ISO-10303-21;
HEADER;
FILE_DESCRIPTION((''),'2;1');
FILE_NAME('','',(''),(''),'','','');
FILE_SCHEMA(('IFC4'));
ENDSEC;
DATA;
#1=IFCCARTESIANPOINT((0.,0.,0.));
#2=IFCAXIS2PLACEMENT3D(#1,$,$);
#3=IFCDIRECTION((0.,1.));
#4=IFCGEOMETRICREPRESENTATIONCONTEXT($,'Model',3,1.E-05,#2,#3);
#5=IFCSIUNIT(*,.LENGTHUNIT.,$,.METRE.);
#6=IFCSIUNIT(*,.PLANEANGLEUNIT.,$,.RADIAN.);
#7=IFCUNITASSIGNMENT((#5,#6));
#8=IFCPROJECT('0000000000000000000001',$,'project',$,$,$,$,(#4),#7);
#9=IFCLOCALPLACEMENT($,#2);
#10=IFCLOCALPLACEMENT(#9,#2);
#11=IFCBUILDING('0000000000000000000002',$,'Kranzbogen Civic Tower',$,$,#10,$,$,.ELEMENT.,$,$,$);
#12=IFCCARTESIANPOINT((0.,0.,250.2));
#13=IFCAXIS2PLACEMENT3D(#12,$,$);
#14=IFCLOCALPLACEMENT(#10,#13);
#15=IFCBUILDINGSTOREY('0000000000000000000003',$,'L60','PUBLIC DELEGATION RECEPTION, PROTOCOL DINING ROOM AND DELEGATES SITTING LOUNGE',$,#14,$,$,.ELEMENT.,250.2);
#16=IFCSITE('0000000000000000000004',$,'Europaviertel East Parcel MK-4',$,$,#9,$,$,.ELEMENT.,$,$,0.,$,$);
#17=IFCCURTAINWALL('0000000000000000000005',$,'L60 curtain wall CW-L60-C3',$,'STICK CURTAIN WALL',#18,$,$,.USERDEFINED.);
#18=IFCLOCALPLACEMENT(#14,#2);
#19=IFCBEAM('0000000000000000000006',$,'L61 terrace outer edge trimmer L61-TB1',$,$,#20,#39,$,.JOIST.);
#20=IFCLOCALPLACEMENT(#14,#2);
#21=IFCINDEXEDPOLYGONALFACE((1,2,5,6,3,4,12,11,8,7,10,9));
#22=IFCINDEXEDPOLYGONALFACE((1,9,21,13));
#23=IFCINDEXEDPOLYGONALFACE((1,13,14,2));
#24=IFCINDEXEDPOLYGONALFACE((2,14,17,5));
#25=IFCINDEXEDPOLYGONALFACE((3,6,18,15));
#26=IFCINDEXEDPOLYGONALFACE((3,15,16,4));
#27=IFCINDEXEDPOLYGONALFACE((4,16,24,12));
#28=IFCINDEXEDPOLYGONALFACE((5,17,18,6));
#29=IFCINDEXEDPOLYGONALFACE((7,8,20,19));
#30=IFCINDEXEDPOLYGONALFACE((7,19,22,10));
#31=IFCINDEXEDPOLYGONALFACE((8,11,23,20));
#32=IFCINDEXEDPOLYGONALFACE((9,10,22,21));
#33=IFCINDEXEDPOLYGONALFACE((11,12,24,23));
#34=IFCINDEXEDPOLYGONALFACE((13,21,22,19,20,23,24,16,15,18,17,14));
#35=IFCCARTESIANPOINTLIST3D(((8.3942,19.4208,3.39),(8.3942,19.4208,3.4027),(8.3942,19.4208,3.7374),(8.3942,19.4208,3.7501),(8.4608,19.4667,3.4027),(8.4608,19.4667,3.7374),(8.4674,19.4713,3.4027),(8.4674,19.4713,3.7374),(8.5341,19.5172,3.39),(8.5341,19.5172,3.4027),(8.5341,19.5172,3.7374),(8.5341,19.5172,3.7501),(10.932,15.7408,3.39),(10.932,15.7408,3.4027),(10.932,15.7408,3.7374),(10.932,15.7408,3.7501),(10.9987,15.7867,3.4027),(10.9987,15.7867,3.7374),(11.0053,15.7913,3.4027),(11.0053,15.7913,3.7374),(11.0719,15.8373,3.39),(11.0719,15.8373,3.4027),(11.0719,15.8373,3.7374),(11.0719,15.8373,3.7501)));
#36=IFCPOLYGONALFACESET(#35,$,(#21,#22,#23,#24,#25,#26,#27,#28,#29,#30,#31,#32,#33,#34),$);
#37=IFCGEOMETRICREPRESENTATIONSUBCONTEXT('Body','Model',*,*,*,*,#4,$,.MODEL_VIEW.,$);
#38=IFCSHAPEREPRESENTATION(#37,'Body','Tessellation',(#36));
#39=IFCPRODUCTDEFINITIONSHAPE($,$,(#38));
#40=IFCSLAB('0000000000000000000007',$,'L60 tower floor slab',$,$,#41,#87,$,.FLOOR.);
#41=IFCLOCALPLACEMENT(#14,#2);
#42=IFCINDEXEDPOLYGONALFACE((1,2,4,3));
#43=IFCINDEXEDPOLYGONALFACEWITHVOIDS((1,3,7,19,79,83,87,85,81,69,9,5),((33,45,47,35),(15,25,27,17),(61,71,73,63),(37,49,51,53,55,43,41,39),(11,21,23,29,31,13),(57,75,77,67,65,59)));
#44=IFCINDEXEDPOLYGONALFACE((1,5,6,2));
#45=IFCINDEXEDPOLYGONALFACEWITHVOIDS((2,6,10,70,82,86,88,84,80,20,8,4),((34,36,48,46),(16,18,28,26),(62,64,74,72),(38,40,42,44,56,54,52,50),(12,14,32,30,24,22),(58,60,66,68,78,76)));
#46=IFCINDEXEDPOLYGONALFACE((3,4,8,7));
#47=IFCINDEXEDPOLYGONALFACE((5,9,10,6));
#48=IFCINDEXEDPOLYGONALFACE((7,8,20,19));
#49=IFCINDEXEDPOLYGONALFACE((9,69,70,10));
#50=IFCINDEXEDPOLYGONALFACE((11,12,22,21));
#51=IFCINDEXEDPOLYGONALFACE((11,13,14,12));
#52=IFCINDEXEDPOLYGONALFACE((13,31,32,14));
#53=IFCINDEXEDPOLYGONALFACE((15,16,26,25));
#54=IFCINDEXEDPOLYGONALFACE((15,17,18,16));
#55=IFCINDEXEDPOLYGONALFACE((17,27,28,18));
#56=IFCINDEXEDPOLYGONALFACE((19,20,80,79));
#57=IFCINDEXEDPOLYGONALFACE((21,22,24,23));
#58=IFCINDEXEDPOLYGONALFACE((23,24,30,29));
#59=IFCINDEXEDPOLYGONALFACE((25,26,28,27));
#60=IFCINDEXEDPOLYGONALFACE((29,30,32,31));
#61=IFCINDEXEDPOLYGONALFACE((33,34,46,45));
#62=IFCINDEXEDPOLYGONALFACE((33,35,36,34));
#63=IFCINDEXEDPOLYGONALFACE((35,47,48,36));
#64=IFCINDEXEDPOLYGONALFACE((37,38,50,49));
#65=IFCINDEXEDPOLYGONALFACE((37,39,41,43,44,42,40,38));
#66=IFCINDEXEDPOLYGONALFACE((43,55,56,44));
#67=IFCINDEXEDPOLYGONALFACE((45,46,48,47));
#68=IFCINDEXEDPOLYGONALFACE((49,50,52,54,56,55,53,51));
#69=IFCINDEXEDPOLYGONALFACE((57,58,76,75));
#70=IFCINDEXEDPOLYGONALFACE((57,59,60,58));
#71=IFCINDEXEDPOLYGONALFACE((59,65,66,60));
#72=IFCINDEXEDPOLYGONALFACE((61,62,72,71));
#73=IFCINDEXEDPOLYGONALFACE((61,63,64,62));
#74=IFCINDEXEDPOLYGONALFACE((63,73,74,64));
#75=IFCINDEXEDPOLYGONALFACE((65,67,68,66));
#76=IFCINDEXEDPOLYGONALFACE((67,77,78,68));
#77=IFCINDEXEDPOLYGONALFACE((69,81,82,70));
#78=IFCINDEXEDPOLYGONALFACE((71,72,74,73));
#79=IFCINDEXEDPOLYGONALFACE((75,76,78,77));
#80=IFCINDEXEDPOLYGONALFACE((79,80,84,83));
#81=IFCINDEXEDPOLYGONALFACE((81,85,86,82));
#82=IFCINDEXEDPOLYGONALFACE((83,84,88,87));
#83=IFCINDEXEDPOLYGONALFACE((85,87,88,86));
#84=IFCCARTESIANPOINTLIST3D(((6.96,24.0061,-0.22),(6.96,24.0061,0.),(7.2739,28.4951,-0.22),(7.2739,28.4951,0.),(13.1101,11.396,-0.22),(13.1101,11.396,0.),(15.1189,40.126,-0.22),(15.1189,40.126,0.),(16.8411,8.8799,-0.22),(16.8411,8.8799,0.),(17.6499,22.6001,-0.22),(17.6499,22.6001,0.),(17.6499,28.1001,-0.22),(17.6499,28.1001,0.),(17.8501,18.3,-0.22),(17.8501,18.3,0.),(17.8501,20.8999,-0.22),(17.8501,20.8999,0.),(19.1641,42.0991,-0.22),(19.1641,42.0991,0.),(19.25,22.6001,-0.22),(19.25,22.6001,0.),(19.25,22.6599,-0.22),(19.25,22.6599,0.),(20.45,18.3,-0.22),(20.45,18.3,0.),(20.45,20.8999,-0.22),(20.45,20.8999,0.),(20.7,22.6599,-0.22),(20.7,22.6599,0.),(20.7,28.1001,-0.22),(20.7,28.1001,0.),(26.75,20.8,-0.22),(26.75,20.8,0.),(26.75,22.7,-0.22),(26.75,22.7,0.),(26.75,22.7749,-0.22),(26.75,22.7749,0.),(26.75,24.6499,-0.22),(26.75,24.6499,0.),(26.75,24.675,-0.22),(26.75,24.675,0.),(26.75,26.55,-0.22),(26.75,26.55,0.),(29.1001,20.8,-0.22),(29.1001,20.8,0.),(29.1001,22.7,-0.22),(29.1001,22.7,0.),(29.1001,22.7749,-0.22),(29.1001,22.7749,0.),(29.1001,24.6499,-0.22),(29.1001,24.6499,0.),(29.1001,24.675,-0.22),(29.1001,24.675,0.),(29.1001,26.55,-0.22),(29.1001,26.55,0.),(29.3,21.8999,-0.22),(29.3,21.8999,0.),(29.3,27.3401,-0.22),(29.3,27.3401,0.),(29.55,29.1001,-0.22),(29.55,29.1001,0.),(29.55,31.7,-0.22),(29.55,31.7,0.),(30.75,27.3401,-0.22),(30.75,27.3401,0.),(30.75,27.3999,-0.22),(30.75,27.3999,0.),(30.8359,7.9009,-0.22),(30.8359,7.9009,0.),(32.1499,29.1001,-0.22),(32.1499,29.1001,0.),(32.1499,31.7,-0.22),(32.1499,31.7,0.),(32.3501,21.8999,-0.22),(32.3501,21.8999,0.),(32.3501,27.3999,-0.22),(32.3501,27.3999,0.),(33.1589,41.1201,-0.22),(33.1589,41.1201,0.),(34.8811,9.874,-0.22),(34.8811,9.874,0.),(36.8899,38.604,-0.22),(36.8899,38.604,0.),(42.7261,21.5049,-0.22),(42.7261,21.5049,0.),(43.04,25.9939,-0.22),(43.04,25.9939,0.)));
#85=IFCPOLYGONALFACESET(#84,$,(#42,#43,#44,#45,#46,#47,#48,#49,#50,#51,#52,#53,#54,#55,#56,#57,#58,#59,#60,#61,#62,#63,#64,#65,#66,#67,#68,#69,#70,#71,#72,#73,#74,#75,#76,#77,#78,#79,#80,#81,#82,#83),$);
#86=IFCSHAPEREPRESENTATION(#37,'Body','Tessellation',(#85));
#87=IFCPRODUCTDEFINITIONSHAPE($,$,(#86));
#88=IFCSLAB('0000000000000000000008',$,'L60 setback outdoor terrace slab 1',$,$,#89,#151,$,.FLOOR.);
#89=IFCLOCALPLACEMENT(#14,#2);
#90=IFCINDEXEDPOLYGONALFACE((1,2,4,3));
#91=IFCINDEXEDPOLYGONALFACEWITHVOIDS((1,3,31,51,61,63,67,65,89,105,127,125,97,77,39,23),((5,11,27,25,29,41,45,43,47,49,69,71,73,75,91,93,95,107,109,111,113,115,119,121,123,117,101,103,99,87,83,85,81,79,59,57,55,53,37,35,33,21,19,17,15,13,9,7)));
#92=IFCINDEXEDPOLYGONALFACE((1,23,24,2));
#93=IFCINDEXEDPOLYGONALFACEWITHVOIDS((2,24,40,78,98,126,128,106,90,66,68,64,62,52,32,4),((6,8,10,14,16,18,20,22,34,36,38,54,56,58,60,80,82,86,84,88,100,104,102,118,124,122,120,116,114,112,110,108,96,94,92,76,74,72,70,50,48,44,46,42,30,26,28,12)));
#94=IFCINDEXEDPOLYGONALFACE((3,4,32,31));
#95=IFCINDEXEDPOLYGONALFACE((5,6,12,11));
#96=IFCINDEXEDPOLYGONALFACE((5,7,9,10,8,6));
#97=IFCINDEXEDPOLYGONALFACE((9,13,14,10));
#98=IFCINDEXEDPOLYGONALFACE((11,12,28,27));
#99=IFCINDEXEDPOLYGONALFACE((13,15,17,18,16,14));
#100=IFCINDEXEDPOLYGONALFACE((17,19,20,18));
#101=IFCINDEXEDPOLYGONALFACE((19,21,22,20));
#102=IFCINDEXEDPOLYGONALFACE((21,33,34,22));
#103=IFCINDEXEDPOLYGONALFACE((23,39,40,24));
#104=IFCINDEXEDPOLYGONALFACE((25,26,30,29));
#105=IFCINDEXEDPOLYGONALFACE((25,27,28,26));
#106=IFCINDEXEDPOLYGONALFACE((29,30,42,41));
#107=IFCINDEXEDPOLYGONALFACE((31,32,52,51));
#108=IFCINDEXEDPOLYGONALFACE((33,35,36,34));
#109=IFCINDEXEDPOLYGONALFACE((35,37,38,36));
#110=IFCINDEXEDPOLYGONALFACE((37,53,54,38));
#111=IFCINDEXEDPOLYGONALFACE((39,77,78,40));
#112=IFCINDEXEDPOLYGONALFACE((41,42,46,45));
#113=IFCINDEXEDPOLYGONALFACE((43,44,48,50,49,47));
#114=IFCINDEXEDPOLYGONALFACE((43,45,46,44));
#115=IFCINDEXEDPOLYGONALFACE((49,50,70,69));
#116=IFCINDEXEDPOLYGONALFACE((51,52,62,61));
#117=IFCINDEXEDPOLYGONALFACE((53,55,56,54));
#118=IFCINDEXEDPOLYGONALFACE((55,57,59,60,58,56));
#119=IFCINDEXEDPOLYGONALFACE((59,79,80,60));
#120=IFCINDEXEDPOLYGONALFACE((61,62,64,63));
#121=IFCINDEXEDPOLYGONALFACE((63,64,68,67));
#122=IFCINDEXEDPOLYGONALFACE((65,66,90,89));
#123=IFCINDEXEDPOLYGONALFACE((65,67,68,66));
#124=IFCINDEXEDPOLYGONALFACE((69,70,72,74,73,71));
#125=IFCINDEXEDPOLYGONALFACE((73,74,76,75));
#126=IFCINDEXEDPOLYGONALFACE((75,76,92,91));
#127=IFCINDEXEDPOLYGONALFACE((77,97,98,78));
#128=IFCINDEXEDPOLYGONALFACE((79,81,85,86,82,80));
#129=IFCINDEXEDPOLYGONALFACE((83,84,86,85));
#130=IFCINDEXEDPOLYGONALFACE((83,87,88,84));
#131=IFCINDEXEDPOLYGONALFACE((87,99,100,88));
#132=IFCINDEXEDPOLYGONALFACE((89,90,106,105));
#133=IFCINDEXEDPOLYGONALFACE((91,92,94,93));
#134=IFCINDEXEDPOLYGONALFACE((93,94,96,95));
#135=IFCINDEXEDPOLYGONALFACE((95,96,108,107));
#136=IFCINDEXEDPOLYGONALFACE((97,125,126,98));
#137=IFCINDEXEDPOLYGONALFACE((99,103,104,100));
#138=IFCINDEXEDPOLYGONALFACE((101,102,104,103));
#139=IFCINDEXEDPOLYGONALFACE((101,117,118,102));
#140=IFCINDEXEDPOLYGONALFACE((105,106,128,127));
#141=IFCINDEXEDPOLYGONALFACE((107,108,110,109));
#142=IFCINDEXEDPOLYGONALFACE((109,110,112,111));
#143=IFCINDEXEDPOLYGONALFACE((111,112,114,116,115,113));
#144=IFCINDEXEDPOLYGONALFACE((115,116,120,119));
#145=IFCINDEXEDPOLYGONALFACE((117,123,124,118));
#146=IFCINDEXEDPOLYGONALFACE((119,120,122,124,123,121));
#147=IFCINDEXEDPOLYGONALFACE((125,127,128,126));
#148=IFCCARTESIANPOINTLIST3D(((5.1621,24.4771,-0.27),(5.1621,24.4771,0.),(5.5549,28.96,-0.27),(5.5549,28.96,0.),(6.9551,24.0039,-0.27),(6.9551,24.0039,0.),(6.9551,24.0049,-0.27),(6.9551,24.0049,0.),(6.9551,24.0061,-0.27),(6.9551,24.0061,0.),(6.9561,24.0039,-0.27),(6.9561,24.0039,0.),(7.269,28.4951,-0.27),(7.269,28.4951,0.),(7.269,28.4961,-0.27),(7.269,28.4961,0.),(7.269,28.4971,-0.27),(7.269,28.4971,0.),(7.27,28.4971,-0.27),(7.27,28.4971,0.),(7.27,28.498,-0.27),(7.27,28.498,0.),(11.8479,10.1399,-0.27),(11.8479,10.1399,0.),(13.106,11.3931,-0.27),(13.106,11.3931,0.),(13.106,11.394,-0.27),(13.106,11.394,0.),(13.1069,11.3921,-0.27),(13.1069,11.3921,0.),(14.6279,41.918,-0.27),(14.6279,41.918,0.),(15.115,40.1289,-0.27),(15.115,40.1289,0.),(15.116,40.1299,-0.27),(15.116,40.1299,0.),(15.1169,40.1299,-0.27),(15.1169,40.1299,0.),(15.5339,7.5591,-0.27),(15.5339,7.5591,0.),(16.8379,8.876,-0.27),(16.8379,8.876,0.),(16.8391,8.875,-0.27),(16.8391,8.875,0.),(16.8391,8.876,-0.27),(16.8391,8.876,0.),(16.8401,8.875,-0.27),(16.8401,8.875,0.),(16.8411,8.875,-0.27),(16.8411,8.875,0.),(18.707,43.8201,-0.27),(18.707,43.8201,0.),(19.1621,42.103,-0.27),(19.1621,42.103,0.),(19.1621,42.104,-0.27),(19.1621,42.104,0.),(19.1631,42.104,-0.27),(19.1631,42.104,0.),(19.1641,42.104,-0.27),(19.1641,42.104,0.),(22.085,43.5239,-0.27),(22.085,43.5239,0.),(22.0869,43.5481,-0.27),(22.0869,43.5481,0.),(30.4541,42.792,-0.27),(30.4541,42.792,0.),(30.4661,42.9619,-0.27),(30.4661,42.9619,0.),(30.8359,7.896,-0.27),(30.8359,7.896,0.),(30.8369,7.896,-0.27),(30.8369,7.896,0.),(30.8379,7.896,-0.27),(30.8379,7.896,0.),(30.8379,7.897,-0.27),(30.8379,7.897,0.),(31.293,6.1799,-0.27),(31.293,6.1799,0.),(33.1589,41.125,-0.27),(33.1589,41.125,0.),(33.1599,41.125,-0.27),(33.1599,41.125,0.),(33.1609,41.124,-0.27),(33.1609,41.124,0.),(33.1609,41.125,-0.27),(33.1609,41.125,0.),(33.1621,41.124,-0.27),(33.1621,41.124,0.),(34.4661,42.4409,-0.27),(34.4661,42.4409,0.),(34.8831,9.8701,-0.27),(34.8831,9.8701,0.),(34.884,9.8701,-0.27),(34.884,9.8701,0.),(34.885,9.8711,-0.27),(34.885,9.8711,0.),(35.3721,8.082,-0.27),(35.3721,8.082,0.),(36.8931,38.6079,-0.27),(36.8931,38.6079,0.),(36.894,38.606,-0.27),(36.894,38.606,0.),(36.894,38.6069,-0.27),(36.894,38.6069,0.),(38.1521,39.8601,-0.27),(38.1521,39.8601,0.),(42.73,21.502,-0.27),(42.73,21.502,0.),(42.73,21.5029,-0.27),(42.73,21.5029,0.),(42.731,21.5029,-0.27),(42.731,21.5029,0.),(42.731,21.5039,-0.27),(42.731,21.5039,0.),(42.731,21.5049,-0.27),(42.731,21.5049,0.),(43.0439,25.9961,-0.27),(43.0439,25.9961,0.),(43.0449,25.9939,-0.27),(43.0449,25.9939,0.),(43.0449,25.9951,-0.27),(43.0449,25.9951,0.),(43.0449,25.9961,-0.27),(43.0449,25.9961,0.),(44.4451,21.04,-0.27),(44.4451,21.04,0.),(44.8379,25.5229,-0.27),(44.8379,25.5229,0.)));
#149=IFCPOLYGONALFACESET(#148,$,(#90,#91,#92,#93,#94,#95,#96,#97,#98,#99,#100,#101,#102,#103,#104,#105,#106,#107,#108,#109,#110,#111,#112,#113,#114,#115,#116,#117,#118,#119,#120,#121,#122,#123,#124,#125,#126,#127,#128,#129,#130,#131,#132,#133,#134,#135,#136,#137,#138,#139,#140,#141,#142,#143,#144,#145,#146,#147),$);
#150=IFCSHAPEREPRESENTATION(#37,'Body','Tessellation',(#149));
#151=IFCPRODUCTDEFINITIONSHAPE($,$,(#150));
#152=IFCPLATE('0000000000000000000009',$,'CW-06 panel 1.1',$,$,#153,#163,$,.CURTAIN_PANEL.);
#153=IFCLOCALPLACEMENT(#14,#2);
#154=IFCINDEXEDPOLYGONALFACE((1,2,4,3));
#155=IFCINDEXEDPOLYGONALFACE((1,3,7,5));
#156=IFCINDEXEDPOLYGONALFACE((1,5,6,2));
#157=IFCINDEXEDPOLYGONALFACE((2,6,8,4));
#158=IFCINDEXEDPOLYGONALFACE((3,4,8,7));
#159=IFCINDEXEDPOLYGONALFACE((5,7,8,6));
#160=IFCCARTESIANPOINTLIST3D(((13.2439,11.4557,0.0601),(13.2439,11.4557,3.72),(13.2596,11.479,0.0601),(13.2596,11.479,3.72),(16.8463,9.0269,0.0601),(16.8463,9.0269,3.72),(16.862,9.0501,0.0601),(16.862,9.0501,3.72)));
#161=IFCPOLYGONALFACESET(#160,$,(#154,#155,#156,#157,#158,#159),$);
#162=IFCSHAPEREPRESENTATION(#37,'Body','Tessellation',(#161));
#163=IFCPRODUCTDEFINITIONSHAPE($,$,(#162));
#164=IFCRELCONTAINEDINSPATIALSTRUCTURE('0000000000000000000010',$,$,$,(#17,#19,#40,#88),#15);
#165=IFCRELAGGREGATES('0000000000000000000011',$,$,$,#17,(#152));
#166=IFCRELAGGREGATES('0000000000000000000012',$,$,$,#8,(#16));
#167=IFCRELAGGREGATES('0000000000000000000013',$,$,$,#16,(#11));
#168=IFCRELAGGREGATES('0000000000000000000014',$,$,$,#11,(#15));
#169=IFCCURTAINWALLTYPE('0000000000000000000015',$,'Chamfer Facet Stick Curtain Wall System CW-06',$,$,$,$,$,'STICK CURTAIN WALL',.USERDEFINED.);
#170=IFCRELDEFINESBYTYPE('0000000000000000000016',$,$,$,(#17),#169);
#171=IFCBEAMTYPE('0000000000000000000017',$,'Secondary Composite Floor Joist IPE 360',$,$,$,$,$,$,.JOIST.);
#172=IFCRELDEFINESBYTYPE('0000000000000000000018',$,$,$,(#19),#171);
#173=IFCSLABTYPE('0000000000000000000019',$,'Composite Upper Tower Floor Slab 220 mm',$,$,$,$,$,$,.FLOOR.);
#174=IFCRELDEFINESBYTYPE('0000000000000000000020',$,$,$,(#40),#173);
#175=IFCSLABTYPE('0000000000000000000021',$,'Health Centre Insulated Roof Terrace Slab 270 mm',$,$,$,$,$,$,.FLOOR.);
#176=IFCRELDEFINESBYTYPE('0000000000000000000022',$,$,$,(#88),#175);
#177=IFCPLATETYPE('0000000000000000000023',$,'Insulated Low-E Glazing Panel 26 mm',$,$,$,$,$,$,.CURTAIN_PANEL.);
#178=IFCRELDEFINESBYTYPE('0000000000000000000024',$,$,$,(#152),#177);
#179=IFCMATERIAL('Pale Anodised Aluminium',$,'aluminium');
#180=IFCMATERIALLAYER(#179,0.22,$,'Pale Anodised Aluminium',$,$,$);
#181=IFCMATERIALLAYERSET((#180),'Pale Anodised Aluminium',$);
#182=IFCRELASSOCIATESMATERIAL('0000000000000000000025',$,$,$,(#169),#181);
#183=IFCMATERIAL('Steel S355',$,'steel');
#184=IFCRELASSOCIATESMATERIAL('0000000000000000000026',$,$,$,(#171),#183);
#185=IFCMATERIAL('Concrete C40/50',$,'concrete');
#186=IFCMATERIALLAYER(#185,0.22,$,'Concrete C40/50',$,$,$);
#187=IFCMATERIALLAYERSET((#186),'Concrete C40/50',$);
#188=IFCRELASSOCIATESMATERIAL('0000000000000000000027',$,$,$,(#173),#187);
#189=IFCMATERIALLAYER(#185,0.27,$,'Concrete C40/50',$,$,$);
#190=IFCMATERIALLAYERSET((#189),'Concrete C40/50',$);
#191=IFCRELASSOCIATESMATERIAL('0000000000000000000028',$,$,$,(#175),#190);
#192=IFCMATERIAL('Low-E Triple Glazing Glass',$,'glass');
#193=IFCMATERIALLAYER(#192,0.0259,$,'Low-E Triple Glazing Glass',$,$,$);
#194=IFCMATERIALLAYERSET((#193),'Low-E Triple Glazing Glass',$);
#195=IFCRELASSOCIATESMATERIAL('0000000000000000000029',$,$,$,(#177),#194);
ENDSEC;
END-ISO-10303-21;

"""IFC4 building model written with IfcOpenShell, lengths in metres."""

from ifc_helpers import new_model, si_unit, direction, frame, origin, origin_2d, place, context, subcontext, project, spatial, polyline, rectangle, i_section, outline, extrude, material, layer, layer_set, material_profile, profile_set, type_object, element, aggregate, save


model = new_model("IFC4")

# Units and contexts
model_context = context("Model", 3, precision=1e-05, world=origin(), true_north=direction((0.0, 1.0)))
body_context = subcontext(model_context, "Body", "Model", "MODEL_VIEW")
ifc_project = project(units=[si_unit("LENGTHUNIT", "METRE"), si_unit("PLANEANGLEUNIT", "RADIAN")], contexts=[model_context])

# Site, building, storey
site_placement = place(None, origin())
site = spatial("IfcSite", under=ifc_project, at=site_placement, Name="Europaviertel East Parcel MK-4", CompositionType="ELEMENT", RefElevation=0.0)
building_placement = place(site_placement, origin())
building = spatial("IfcBuilding", under=site, at=building_placement, Name="Kranzbogen Civic Tower", CompositionType="ELEMENT")
storey_placement = place(building_placement, frame((0.0, 0.0, 250.2)))
storey = spatial("IfcBuildingStorey", under=building, at=storey_placement, Name="L60", Description="PUBLIC DELEGATION RECEPTION, PROTOCOL DINING ROOM AND DELEGATES SITTING LOUNGE", CompositionType="ELEMENT", Elevation=250.2)

# Shared definitions
ifc_material_1 = material(Name="Steel S355", Category="steel")

# Curtain wall
ifc_material_2 = material(Name="Pale Anodised Aluminium", Category="aluminium")
ifc_layer_1 = layer(ifc_material_2, 0.22, Name="Pale Anodised Aluminium")
ifc_layer_set_1 = layer_set([ifc_layer_1], Name="Pale Anodised Aluminium")
curtain_wall_type_1 = type_object("IfcCurtainWallType", Name="Chamfer Facet Stick Curtain Wall System CW-06", ElementType="STICK CURTAIN WALL", PredefinedType="USERDEFINED", material=ifc_layer_set_1)
curtain_wall_1_placement = place(storey_placement, origin())
curtain_wall_1 = element("IfcCurtainWall", 1, at=curtain_wall_1_placement, inside=storey, type_object=curtain_wall_type_1, Name="L60 curtain wall CW-L60-C3", ObjectType="STICK CURTAIN WALL", PredefinedType="USERDEFINED")

# Beam
ifc_material_profile_1 = material_profile(ifc_material_1, i_section(OverallWidth=0.1699, OverallDepth=0.3601, WebThickness=0.0081, FlangeThickness=0.0127, at=origin_2d()), Name="IPE 360")
ifc_profile_set_1 = profile_set([ifc_material_profile_1], Name="Steel S355")
beam_type_1 = type_object("IfcBeamType", Name="Secondary Composite Floor Joist IPE 360", PredefinedType="JOIST", material=ifc_profile_set_1)
beam_1_placement = place(storey_placement, frame((8.4641, 19.469, 3.5701), z_axis=(0.567727, -0.823217, 0.0), x_axis=(0.823217, 0.567727, 0.0)))
element("IfcBeam", 2, at=beam_1_placement, inside=storey, type_object=beam_type_1, Name="L61 terrace outer edge trimmer L61-TB1", PredefinedType="JOIST", context=body_context, shape_type="SweptSolid", body=[
    extrude(i_section(OverallWidth=0.1699, OverallDepth=0.3601, WebThickness=0.0081, FlangeThickness=0.0127, at=origin_2d()), origin(), (0.0, 0.0, 1.0), 4.4702),
])

# Slabs
ifc_material_3 = material(Name="Concrete C40/50", Category="concrete")
ifc_layer_2 = layer(ifc_material_3, 0.22, Name="Concrete C40/50")
ifc_layer_set_2 = layer_set([ifc_layer_2], Name="Concrete C40/50")
slab_type_1 = type_object("IfcSlabType", Name="Composite Upper Tower Floor Slab 220 mm", PredefinedType="FLOOR", material=ifc_layer_set_2)
slab_1_placement = place(storey_placement, frame((0.0, 0.0, -0.22)))
element("IfcSlab", 3, at=slab_1_placement, inside=storey, type_object=slab_type_1, Name="L60 tower floor slab", PredefinedType="FLOOR", context=body_context, shape_type="SweptSolid", body=[
    extrude(outline(polyline([(33.1589, 41.1201), (19.1641, 42.0991), (15.1189, 40.126), (7.2739, 28.4951), (6.96, 24.0061), (13.1101, 11.396), (16.8411, 8.8799), (30.8359, 7.9009), (34.8811, 9.874), (42.7261, 21.5049), (43.04, 25.9939), (36.8899, 38.604), (33.1589, 41.1201)]), holes=[polyline([(17.8501, 20.8999), (20.45, 20.8999), (20.45, 18.3), (17.8501, 18.3), (17.8501, 20.8999)]), polyline([(29.1001, 22.7), (29.1001, 20.8), (26.75, 20.8), (26.75, 22.7), (29.1001, 22.7)]), polyline([(29.1001, 24.6499), (29.1001, 22.7749), (26.75, 22.7749), (26.75, 24.6499), (26.75, 24.675), (26.75, 26.55), (29.1001, 26.55), (29.1001, 24.675), (29.1001, 24.6499)]), polyline([(29.3, 27.3401), (30.75, 27.3401), (30.75, 27.3999), (32.3501, 27.3999), (32.3501, 21.8999), (29.3, 21.8999), (29.3, 27.3401)]), polyline([(20.7, 22.6599), (19.25, 22.6599), (19.25, 22.6001), (17.6499, 22.6001), (17.6499, 28.1001), (20.7, 28.1001), (20.7, 22.6599)]), polyline([(32.1499, 31.7), (32.1499, 29.1001), (29.55, 29.1001), (29.55, 31.7), (32.1499, 31.7)])]), origin(), (0.0, 0.0, 1.0), 0.22),
])
ifc_layer_3 = layer(ifc_material_3, 0.27, Name="Concrete C40/50")
ifc_layer_set_3 = layer_set([ifc_layer_3], Name="Concrete C40/50")
slab_type_2 = type_object("IfcSlabType", Name="Health Centre Insulated Roof Terrace Slab 270 mm", PredefinedType="FLOOR", material=ifc_layer_set_3)
slab_2_placement = place(storey_placement, frame((0.0, 0.0, -0.27)))
element("IfcSlab", 4, at=slab_2_placement, inside=storey, type_object=slab_type_2, Name="L60 setback outdoor terrace slab 1", PredefinedType="FLOOR", context=body_context, shape_type="SweptSolid", body=[
    extrude(outline(polyline([(44.8379, 25.5229), (38.1521, 39.8601), (34.4661, 42.4409), (30.4541, 42.792), (30.4661, 42.9619), (22.0869, 43.5481), (22.085, 43.5239), (18.707, 43.8201), (14.6279, 41.918), (5.5549, 28.96), (5.1621, 24.4771), (11.8479, 10.1399), (15.5339, 7.5591), (31.293, 6.1799), (35.3721, 8.082), (44.4451, 21.04), (44.8379, 25.5229)]), holes=[polyline([(33.1621, 41.124), (36.8931, 38.6079), (36.8931, 38.6079), (36.894, 38.6069), (36.894, 38.6069), (36.894, 38.6069), (36.894, 38.606), (43.0439, 25.9961), (43.0449, 25.9961), (43.0449, 25.9951), (43.0449, 25.9951), (43.0449, 25.9939), (43.0449, 25.9939), (42.731, 21.5049), (42.731, 21.5039), (42.731, 21.5039), (42.731, 21.5029), (42.73, 21.5029), (42.73, 21.502), (34.885, 9.8711), (34.885, 9.8711), (34.884, 9.8701), (34.884, 9.8701), (34.884, 9.8701), (34.8831, 9.8701), (30.8379, 7.897), (30.8379, 7.896), (30.8369, 7.896), (30.8369, 7.896), (30.8359, 7.896), (30.8359, 7.896), (16.8411, 8.875), (16.8401, 8.875), (16.8401, 8.875), (16.8391, 8.875), (16.8391, 8.876), (16.8379, 8.876), (13.1069, 11.3921), (13.1069, 11.3921), (13.106, 11.3931), (13.106, 11.3931), (13.106, 11.3931), (13.106, 11.394), (6.9561, 24.0039), (6.9551, 24.0039), (6.9551, 24.0049), (6.9551, 24.0049), (6.9551, 24.0061), (6.9551, 24.0061), (7.269, 28.4951), (7.269, 28.4961), (7.269, 28.4961), (7.269, 28.4971), (7.27, 28.4971), (7.27, 28.498), (15.115, 40.1289), (15.115, 40.1289), (15.116, 40.1299), (15.116, 40.1299), (15.116, 40.1299), (15.1169, 40.1299), (19.1621, 42.103), (19.1621, 42.104), (19.1631, 42.104), (19.1631, 42.104), (19.1641, 42.104), (19.1641, 42.104), (33.1589, 41.125), (33.1599, 41.125), (33.1599, 41.125), (33.1609, 41.125), (33.1609, 41.124), (33.1621, 41.124)])]), origin(), (0.0, 0.0, 1.0), 0.27),
])

# Plate
ifc_material_4 = material(Name="Low-E Triple Glazing Glass", Category="glass")
ifc_layer_4 = layer(ifc_material_4, 0.0259, Name="Low-E Triple Glazing Glass")
ifc_layer_set_4 = layer_set([ifc_layer_4], Name="Low-E Triple Glazing Glass")
plate_type_1 = type_object("IfcPlateType", Name="Insulated Low-E Glazing Panel 26 mm", PredefinedType="CURTAIN_PANEL", material=ifc_layer_set_4)
plate_1_placement = place(storey_placement, frame((15.053, 10.2529, 0.0601), z_axis=(0.0, 0.0, 1.0), x_axis=(0.829145, -0.559034, 0.0)))
plate_1 = element("IfcPlate", 5, at=plate_1_placement, type_object=plate_type_1, Name="CW-06 panel 1.1", PredefinedType="CURTAIN_PANEL", context=body_context, shape_type="SweptSolid", body=[
    extrude(rectangle(XDim=4.3447, YDim=0.0281, at=origin_2d()), origin(), (0.0, 0.0, 1.0), 3.6599),
])
aggregate(curtain_wall_1, [plate_1])

save(model, "model.ifc")
